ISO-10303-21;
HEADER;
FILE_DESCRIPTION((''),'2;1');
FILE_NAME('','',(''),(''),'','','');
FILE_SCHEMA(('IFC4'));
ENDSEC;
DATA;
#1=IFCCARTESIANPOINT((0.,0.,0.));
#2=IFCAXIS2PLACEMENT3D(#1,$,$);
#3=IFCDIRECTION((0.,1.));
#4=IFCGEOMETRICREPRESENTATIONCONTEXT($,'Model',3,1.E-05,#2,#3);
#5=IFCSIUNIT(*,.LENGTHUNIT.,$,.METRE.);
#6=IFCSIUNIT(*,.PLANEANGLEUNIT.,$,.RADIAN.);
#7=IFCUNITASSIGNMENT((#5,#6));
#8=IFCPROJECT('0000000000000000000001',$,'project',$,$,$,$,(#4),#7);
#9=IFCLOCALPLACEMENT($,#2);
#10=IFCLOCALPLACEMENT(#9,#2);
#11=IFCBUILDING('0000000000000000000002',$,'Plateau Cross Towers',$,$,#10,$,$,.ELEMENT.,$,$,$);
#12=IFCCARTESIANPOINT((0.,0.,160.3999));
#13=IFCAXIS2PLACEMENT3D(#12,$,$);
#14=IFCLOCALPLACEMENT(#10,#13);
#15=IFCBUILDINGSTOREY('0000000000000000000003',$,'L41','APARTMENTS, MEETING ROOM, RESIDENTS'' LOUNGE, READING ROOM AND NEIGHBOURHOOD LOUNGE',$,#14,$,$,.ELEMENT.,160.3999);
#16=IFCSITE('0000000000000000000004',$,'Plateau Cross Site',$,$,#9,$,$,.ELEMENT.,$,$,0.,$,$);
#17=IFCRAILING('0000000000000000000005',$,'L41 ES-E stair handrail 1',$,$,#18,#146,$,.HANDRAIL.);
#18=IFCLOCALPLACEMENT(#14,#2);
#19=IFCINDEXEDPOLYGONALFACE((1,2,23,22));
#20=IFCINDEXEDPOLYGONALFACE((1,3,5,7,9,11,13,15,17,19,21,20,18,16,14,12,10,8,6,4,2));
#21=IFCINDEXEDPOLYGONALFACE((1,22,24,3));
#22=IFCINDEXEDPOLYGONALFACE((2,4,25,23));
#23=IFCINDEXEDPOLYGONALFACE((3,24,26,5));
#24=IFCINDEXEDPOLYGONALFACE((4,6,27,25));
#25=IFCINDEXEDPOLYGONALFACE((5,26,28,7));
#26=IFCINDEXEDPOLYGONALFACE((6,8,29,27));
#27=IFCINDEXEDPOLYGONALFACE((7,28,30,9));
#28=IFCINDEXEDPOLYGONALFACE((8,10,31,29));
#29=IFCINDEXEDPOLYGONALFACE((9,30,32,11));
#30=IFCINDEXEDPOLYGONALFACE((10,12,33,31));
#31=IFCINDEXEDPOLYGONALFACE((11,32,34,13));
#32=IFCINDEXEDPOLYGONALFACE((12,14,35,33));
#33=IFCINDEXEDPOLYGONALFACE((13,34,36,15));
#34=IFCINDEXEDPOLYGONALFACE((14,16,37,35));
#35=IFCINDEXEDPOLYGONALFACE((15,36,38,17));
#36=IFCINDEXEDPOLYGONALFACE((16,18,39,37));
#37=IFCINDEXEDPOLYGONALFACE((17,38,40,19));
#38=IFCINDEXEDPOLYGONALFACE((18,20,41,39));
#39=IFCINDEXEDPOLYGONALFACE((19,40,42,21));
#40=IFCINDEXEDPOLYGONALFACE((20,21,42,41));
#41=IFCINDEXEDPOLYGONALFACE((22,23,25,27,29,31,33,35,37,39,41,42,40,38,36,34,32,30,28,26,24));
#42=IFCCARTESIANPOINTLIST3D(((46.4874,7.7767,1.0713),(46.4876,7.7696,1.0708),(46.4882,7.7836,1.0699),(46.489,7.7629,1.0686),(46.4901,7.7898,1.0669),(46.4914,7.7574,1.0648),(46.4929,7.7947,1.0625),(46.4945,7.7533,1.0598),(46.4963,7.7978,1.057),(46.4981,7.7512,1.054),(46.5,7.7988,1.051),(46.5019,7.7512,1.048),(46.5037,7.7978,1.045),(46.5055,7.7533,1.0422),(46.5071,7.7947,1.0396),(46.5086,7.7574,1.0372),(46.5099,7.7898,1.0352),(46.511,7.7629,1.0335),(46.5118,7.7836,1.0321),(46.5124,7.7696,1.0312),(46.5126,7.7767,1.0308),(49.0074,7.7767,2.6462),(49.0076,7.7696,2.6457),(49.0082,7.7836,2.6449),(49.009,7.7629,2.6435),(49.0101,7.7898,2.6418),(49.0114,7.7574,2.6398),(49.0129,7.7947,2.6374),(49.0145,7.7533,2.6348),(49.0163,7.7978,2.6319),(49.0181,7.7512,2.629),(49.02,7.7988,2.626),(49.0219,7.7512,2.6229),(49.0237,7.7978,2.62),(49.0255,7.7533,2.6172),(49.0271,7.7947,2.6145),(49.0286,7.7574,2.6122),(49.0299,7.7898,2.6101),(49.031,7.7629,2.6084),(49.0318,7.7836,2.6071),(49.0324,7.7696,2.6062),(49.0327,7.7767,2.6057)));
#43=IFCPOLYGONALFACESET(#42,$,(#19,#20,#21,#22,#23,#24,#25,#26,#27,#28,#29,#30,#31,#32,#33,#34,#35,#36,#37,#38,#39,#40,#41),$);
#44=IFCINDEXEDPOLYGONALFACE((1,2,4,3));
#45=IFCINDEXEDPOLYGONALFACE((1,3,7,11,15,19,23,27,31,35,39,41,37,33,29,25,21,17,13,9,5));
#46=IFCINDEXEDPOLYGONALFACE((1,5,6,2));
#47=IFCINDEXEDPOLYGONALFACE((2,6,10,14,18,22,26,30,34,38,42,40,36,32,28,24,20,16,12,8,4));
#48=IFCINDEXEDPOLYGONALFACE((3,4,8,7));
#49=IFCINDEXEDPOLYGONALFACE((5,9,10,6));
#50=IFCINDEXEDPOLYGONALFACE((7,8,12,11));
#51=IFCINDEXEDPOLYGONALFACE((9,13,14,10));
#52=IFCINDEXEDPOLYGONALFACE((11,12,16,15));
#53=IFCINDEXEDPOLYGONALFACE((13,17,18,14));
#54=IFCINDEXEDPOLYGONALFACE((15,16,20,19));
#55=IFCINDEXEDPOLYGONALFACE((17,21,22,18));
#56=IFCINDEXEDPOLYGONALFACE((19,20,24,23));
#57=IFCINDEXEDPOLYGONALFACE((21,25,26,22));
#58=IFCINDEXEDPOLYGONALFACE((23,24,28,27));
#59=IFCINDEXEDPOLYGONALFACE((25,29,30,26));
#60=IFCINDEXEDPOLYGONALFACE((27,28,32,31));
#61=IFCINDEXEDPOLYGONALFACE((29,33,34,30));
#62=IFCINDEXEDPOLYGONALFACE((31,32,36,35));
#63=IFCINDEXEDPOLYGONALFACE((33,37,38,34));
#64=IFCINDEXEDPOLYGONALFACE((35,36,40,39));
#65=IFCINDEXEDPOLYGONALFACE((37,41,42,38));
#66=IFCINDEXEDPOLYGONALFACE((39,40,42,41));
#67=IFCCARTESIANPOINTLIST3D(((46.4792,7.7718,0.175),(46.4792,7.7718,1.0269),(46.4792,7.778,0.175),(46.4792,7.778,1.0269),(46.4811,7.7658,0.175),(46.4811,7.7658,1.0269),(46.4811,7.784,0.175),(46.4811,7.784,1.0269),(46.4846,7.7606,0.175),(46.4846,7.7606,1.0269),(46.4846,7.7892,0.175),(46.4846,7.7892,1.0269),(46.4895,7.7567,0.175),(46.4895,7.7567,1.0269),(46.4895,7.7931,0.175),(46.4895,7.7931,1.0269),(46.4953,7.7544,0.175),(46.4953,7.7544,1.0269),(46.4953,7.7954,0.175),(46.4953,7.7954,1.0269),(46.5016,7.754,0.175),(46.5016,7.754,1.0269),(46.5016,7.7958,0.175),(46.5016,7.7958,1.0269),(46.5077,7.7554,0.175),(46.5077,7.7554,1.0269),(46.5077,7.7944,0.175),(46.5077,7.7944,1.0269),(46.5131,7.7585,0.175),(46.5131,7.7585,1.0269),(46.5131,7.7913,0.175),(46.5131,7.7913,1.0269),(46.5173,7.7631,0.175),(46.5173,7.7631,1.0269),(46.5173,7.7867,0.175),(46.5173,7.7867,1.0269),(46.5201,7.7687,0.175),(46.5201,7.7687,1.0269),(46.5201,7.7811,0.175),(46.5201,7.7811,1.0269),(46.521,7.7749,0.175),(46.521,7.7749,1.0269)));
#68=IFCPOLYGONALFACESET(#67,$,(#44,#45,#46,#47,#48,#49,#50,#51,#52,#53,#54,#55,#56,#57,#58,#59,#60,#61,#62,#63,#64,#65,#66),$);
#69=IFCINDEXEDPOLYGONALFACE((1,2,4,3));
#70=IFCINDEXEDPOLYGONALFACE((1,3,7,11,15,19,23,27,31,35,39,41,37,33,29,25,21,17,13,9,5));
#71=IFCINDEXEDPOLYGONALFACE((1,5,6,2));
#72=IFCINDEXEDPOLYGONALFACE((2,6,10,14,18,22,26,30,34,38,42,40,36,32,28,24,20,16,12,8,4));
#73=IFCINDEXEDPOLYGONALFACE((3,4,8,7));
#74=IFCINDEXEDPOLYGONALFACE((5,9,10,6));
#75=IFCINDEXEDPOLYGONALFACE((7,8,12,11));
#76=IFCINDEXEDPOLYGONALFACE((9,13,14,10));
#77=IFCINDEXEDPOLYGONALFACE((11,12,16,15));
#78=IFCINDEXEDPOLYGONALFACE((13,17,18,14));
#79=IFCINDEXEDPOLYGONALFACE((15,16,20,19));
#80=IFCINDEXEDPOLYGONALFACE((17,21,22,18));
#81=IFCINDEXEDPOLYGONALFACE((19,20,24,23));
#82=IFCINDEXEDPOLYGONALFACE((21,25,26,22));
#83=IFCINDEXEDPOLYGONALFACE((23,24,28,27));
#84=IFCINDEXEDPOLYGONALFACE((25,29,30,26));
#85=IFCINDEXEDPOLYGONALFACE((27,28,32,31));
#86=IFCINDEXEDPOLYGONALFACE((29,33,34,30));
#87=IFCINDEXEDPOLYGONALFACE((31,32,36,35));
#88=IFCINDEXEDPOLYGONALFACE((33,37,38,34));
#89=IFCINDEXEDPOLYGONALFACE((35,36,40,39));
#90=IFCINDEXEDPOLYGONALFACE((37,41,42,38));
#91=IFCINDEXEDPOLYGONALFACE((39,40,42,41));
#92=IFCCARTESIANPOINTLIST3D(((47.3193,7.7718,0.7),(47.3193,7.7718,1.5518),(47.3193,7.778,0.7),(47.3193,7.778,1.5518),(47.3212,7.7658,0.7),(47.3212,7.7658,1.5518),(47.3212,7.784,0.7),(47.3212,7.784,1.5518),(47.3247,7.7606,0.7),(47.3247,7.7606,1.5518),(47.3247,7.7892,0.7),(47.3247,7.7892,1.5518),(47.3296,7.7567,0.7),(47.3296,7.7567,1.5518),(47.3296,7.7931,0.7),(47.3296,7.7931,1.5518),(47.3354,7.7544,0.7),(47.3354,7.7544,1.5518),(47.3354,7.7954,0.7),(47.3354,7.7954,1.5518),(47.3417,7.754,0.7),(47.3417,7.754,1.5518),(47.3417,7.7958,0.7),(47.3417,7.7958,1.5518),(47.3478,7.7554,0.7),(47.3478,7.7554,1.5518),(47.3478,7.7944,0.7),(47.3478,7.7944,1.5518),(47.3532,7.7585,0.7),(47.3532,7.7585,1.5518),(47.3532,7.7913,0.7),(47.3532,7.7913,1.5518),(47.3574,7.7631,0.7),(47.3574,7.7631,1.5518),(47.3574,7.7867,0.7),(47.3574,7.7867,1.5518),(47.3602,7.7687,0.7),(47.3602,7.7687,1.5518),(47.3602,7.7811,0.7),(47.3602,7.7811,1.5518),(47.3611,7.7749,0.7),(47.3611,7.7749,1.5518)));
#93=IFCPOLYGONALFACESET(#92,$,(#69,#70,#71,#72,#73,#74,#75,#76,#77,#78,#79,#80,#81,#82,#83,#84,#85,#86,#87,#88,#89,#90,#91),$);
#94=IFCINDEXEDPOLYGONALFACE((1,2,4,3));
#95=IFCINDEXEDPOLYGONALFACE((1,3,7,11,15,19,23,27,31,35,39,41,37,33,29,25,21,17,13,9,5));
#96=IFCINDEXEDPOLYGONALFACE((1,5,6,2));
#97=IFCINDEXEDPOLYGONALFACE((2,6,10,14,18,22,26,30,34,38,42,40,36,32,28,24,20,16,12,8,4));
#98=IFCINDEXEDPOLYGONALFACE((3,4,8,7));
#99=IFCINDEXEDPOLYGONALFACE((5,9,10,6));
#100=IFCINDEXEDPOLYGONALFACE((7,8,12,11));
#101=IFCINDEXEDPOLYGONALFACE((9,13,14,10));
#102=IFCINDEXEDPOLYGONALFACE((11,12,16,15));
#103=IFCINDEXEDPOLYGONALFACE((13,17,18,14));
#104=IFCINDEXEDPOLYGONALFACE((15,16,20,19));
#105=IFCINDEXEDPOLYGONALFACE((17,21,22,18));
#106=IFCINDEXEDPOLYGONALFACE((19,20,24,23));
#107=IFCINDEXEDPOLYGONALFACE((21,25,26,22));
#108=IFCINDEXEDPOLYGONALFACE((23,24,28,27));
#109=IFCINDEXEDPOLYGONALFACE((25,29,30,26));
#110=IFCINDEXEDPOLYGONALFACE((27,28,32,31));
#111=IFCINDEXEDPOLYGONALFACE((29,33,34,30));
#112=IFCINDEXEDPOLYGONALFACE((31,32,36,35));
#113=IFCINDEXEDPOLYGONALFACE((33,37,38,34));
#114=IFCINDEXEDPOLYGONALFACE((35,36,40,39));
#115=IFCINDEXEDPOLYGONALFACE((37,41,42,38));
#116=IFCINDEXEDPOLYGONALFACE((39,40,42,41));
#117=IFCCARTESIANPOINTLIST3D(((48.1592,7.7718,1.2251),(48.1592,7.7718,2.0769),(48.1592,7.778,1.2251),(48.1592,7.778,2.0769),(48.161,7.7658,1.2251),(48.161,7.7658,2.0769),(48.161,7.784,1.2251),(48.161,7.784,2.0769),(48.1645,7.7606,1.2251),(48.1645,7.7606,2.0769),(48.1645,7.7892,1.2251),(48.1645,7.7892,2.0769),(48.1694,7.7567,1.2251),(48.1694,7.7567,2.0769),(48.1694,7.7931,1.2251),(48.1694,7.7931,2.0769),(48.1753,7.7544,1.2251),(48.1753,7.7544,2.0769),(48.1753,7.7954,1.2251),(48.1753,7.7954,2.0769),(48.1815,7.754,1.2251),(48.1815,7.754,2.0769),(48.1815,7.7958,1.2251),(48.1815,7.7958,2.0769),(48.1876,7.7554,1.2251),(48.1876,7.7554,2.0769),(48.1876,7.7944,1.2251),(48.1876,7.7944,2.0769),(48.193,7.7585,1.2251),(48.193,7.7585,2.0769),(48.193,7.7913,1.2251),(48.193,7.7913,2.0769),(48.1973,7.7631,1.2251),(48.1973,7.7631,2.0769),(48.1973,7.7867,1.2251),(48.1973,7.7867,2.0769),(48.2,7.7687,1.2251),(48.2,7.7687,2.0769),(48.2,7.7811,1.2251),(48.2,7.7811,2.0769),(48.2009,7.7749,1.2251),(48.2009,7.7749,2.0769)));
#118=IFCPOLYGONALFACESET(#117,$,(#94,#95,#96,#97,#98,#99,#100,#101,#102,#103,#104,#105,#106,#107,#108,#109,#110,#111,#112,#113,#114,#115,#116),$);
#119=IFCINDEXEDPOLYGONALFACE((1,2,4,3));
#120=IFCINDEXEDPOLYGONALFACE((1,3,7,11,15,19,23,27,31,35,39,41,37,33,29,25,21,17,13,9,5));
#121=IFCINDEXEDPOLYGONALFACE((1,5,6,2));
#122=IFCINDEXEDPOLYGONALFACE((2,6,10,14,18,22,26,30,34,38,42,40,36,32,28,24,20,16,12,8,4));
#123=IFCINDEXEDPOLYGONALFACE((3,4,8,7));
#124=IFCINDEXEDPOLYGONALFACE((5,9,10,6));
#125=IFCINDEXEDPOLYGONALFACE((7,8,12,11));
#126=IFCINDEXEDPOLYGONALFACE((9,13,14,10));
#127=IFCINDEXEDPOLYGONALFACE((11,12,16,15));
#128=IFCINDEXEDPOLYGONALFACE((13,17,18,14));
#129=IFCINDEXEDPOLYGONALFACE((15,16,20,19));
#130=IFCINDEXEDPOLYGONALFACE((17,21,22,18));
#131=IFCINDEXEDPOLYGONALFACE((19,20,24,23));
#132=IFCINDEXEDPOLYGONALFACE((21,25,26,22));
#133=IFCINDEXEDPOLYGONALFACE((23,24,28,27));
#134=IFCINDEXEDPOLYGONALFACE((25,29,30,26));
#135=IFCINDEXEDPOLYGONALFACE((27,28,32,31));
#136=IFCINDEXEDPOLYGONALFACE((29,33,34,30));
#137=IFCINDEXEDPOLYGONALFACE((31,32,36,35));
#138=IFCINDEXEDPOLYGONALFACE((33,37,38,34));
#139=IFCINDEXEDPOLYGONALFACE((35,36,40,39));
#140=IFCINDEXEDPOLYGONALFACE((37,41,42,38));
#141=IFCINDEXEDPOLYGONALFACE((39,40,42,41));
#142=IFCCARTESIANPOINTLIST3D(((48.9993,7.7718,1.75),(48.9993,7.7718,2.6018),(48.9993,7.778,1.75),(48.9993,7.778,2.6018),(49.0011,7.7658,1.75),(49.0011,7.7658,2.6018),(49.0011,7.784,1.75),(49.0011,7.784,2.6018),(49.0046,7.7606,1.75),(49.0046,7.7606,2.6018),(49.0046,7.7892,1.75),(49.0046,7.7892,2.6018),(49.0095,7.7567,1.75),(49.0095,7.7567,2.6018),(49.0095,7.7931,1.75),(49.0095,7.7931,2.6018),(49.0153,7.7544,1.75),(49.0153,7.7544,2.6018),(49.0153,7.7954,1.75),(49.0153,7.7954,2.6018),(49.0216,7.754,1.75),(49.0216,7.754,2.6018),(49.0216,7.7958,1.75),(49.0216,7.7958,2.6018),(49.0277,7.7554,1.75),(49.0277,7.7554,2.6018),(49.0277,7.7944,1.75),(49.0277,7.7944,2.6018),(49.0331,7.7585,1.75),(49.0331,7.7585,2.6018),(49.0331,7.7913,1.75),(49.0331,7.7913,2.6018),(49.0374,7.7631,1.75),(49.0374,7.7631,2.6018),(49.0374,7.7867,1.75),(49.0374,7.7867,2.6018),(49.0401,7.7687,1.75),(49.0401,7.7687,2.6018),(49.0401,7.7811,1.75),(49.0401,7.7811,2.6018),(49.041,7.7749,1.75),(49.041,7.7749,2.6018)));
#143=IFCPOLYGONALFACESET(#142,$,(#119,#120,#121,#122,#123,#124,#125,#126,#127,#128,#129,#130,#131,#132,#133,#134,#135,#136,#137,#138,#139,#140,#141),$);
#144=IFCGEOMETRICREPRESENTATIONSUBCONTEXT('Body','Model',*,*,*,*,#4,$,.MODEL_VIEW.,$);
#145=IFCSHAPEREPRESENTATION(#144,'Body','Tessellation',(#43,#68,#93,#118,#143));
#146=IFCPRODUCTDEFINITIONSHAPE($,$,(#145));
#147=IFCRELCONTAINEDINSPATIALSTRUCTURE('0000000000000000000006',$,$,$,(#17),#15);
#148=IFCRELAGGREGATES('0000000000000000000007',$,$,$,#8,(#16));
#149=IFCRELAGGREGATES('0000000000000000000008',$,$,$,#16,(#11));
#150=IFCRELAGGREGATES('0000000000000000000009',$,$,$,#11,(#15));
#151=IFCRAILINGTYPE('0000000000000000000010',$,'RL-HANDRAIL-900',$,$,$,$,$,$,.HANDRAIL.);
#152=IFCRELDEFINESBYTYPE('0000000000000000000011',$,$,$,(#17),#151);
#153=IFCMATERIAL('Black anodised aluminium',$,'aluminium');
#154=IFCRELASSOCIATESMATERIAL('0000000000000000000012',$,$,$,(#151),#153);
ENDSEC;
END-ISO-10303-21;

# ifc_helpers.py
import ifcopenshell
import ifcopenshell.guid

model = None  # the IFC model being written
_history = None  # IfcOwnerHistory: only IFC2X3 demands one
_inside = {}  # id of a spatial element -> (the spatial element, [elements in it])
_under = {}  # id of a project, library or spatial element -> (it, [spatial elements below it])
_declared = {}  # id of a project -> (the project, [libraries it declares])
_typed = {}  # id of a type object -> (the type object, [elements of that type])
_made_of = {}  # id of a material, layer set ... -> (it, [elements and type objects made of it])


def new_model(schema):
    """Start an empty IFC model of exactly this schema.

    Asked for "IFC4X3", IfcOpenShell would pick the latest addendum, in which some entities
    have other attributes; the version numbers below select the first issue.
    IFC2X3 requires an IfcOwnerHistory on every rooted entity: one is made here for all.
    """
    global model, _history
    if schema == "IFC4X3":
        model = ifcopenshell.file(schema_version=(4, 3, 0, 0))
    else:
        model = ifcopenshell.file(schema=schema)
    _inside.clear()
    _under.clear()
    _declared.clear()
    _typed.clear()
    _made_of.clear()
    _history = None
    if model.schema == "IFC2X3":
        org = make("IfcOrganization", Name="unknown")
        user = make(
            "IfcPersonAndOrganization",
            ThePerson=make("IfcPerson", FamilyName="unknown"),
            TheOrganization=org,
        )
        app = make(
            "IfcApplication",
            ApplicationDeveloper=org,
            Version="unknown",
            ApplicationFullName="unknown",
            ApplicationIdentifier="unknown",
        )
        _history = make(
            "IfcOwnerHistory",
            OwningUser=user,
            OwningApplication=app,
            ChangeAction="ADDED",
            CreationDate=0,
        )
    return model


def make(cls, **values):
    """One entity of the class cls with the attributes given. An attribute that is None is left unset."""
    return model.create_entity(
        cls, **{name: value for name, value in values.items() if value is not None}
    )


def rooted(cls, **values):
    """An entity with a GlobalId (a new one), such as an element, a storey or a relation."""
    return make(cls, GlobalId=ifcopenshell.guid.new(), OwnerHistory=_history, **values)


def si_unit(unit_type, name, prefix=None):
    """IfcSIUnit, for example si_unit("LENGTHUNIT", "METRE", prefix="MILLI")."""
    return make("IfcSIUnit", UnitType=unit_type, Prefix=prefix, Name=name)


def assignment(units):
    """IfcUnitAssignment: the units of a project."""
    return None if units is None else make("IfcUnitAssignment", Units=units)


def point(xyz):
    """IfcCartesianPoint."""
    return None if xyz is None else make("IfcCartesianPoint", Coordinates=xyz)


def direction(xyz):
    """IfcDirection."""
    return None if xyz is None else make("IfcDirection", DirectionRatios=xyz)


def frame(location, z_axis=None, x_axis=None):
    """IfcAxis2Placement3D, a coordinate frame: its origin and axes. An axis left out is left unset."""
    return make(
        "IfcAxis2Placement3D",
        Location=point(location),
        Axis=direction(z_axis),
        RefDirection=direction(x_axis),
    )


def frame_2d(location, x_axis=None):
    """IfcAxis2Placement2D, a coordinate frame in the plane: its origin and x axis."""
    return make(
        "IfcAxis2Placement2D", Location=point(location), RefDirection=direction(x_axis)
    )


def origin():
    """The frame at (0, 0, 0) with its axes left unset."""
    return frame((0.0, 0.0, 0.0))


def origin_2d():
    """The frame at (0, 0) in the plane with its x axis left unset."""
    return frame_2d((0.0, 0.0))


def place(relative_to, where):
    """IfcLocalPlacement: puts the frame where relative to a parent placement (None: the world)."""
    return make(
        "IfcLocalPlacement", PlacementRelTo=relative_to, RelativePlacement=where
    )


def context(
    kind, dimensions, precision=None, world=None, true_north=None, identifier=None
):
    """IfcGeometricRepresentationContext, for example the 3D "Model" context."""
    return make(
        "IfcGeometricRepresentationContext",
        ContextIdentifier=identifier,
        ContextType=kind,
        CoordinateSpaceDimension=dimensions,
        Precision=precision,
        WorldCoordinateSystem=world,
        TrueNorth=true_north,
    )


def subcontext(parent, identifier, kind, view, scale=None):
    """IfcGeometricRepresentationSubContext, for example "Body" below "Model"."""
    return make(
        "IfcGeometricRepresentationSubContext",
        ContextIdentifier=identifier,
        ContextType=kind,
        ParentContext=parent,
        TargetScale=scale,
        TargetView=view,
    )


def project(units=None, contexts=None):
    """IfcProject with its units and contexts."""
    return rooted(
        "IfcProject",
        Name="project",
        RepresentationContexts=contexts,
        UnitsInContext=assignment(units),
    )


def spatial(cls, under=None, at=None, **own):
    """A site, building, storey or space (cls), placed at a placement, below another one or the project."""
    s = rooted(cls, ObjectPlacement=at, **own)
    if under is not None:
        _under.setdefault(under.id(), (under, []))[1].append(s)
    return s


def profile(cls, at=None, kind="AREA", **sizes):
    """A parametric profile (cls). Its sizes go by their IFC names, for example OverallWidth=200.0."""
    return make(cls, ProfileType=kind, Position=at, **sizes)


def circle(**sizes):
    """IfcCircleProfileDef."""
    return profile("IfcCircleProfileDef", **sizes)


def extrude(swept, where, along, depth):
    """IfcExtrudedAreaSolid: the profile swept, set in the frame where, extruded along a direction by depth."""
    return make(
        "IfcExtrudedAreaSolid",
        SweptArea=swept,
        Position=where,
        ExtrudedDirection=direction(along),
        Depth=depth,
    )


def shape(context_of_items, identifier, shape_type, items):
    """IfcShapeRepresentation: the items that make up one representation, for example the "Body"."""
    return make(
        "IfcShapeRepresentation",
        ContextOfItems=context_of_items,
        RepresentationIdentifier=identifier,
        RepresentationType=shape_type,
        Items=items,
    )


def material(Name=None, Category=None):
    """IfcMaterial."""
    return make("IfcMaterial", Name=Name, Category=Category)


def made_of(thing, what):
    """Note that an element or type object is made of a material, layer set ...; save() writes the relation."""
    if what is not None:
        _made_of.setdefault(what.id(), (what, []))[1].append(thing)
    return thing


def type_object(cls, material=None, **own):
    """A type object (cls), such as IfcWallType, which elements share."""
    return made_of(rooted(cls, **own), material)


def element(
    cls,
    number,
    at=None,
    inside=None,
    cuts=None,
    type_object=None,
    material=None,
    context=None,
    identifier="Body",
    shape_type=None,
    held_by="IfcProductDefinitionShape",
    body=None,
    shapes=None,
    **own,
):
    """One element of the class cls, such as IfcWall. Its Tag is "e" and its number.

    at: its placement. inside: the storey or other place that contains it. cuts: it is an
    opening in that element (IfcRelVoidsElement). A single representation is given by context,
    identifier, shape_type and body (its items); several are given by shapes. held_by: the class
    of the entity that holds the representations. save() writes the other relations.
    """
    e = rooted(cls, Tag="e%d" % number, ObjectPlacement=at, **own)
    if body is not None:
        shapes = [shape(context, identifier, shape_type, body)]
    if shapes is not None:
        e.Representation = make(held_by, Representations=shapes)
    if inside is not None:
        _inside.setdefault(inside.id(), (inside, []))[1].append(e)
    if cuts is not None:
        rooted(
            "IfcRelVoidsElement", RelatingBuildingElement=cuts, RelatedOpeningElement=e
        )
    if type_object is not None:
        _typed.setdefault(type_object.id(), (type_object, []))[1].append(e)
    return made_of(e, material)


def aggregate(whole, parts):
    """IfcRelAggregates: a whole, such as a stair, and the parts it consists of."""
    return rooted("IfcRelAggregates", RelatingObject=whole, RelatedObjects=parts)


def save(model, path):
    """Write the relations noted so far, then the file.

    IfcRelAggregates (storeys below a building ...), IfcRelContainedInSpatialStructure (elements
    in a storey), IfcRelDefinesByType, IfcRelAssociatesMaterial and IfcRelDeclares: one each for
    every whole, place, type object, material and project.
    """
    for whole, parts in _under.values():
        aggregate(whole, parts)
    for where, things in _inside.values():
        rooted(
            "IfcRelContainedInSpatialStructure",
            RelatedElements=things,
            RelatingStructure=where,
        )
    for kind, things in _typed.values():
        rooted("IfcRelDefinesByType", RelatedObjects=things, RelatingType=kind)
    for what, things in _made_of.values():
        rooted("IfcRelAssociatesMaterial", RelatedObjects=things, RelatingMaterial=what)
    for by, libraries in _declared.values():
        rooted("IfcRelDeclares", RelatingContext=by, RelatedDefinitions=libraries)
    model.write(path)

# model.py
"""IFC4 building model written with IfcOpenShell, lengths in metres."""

from ifc_helpers import new_model, si_unit, direction, frame, origin, origin_2d, place, context, subcontext, project, spatial, circle, extrude, material, type_object, element, save


model = new_model("IFC4")

# Units and contexts
model_context = context("Model", 3, precision=1e-05, world=origin(), true_north=direction((0.0, 1.0)))
body_context = subcontext(model_context, "Body", "Model", "MODEL_VIEW")
ifc_project = project(units=[si_unit("LENGTHUNIT", "METRE"), si_unit("PLANEANGLEUNIT", "RADIAN")], contexts=[model_context])

# Site, building, storey
site_placement = place(None, origin())
site = spatial("IfcSite", under=ifc_project, at=site_placement, Name="Plateau Cross Site", CompositionType="ELEMENT", RefElevation=0.0)
building_placement = place(site_placement, origin())
building = spatial("IfcBuilding", under=site, at=building_placement, Name="Plateau Cross Towers", CompositionType="ELEMENT")
storey_placement = place(building_placement, frame((0.0, 0.0, 160.3999)))
storey = spatial("IfcBuildingStorey", under=building, at=storey_placement, Name="L41", Description="APARTMENTS, MEETING ROOM, RESIDENTS' LOUNGE, READING ROOM AND NEIGHBOURHOOD LOUNGE", CompositionType="ELEMENT", Elevation=160.3999)

# Shared definitions
ifc_material_1 = material(Name="Black anodised aluminium", Category="aluminium")

# Railing
railing_type_1 = type_object("IfcRailingType", Name="RL-HANDRAIL-900", PredefinedType="HANDRAIL", material=ifc_material_1)
railing_1_placement = place(storey_placement, frame((46.5, 7.7749, 0.175)))
element("IfcRailing", 1, at=railing_1_placement, inside=storey, type_object=railing_type_1, Name="L41 ES-E stair handrail 1", PredefinedType="HANDRAIL", context=body_context, shape_type="SweptSolid", body=[
    extrude(circle(Radius=0.0239, at=origin_2d()), frame((0.0, 0.0, 0.876), z_axis=(0.848008, 0.0, 0.529984), x_axis=(0.0, 1.0, 0.0)), (0.0, 0.0, 1.0), 2.9717),
    extrude(circle(Radius=0.021, at=origin_2d()), origin(), (0.0, 0.0, 1.0), 0.8518),
    extrude(circle(Radius=0.021, at=origin_2d()), frame((0.8401, 0.0, 0.5249)), (0.0, 0.0, 1.0), 0.8518),
    extrude(circle(Radius=0.021, at=origin_2d()), frame((1.6799, 0.0, 1.05)), (0.0, 0.0, 1.0), 0.8518),
    extrude(circle(Radius=0.021, at=origin_2d()), frame((2.52, 0.0, 1.575)), (0.0, 0.0, 1.0), 0.8518),
])

save(model, "model.ifc")
